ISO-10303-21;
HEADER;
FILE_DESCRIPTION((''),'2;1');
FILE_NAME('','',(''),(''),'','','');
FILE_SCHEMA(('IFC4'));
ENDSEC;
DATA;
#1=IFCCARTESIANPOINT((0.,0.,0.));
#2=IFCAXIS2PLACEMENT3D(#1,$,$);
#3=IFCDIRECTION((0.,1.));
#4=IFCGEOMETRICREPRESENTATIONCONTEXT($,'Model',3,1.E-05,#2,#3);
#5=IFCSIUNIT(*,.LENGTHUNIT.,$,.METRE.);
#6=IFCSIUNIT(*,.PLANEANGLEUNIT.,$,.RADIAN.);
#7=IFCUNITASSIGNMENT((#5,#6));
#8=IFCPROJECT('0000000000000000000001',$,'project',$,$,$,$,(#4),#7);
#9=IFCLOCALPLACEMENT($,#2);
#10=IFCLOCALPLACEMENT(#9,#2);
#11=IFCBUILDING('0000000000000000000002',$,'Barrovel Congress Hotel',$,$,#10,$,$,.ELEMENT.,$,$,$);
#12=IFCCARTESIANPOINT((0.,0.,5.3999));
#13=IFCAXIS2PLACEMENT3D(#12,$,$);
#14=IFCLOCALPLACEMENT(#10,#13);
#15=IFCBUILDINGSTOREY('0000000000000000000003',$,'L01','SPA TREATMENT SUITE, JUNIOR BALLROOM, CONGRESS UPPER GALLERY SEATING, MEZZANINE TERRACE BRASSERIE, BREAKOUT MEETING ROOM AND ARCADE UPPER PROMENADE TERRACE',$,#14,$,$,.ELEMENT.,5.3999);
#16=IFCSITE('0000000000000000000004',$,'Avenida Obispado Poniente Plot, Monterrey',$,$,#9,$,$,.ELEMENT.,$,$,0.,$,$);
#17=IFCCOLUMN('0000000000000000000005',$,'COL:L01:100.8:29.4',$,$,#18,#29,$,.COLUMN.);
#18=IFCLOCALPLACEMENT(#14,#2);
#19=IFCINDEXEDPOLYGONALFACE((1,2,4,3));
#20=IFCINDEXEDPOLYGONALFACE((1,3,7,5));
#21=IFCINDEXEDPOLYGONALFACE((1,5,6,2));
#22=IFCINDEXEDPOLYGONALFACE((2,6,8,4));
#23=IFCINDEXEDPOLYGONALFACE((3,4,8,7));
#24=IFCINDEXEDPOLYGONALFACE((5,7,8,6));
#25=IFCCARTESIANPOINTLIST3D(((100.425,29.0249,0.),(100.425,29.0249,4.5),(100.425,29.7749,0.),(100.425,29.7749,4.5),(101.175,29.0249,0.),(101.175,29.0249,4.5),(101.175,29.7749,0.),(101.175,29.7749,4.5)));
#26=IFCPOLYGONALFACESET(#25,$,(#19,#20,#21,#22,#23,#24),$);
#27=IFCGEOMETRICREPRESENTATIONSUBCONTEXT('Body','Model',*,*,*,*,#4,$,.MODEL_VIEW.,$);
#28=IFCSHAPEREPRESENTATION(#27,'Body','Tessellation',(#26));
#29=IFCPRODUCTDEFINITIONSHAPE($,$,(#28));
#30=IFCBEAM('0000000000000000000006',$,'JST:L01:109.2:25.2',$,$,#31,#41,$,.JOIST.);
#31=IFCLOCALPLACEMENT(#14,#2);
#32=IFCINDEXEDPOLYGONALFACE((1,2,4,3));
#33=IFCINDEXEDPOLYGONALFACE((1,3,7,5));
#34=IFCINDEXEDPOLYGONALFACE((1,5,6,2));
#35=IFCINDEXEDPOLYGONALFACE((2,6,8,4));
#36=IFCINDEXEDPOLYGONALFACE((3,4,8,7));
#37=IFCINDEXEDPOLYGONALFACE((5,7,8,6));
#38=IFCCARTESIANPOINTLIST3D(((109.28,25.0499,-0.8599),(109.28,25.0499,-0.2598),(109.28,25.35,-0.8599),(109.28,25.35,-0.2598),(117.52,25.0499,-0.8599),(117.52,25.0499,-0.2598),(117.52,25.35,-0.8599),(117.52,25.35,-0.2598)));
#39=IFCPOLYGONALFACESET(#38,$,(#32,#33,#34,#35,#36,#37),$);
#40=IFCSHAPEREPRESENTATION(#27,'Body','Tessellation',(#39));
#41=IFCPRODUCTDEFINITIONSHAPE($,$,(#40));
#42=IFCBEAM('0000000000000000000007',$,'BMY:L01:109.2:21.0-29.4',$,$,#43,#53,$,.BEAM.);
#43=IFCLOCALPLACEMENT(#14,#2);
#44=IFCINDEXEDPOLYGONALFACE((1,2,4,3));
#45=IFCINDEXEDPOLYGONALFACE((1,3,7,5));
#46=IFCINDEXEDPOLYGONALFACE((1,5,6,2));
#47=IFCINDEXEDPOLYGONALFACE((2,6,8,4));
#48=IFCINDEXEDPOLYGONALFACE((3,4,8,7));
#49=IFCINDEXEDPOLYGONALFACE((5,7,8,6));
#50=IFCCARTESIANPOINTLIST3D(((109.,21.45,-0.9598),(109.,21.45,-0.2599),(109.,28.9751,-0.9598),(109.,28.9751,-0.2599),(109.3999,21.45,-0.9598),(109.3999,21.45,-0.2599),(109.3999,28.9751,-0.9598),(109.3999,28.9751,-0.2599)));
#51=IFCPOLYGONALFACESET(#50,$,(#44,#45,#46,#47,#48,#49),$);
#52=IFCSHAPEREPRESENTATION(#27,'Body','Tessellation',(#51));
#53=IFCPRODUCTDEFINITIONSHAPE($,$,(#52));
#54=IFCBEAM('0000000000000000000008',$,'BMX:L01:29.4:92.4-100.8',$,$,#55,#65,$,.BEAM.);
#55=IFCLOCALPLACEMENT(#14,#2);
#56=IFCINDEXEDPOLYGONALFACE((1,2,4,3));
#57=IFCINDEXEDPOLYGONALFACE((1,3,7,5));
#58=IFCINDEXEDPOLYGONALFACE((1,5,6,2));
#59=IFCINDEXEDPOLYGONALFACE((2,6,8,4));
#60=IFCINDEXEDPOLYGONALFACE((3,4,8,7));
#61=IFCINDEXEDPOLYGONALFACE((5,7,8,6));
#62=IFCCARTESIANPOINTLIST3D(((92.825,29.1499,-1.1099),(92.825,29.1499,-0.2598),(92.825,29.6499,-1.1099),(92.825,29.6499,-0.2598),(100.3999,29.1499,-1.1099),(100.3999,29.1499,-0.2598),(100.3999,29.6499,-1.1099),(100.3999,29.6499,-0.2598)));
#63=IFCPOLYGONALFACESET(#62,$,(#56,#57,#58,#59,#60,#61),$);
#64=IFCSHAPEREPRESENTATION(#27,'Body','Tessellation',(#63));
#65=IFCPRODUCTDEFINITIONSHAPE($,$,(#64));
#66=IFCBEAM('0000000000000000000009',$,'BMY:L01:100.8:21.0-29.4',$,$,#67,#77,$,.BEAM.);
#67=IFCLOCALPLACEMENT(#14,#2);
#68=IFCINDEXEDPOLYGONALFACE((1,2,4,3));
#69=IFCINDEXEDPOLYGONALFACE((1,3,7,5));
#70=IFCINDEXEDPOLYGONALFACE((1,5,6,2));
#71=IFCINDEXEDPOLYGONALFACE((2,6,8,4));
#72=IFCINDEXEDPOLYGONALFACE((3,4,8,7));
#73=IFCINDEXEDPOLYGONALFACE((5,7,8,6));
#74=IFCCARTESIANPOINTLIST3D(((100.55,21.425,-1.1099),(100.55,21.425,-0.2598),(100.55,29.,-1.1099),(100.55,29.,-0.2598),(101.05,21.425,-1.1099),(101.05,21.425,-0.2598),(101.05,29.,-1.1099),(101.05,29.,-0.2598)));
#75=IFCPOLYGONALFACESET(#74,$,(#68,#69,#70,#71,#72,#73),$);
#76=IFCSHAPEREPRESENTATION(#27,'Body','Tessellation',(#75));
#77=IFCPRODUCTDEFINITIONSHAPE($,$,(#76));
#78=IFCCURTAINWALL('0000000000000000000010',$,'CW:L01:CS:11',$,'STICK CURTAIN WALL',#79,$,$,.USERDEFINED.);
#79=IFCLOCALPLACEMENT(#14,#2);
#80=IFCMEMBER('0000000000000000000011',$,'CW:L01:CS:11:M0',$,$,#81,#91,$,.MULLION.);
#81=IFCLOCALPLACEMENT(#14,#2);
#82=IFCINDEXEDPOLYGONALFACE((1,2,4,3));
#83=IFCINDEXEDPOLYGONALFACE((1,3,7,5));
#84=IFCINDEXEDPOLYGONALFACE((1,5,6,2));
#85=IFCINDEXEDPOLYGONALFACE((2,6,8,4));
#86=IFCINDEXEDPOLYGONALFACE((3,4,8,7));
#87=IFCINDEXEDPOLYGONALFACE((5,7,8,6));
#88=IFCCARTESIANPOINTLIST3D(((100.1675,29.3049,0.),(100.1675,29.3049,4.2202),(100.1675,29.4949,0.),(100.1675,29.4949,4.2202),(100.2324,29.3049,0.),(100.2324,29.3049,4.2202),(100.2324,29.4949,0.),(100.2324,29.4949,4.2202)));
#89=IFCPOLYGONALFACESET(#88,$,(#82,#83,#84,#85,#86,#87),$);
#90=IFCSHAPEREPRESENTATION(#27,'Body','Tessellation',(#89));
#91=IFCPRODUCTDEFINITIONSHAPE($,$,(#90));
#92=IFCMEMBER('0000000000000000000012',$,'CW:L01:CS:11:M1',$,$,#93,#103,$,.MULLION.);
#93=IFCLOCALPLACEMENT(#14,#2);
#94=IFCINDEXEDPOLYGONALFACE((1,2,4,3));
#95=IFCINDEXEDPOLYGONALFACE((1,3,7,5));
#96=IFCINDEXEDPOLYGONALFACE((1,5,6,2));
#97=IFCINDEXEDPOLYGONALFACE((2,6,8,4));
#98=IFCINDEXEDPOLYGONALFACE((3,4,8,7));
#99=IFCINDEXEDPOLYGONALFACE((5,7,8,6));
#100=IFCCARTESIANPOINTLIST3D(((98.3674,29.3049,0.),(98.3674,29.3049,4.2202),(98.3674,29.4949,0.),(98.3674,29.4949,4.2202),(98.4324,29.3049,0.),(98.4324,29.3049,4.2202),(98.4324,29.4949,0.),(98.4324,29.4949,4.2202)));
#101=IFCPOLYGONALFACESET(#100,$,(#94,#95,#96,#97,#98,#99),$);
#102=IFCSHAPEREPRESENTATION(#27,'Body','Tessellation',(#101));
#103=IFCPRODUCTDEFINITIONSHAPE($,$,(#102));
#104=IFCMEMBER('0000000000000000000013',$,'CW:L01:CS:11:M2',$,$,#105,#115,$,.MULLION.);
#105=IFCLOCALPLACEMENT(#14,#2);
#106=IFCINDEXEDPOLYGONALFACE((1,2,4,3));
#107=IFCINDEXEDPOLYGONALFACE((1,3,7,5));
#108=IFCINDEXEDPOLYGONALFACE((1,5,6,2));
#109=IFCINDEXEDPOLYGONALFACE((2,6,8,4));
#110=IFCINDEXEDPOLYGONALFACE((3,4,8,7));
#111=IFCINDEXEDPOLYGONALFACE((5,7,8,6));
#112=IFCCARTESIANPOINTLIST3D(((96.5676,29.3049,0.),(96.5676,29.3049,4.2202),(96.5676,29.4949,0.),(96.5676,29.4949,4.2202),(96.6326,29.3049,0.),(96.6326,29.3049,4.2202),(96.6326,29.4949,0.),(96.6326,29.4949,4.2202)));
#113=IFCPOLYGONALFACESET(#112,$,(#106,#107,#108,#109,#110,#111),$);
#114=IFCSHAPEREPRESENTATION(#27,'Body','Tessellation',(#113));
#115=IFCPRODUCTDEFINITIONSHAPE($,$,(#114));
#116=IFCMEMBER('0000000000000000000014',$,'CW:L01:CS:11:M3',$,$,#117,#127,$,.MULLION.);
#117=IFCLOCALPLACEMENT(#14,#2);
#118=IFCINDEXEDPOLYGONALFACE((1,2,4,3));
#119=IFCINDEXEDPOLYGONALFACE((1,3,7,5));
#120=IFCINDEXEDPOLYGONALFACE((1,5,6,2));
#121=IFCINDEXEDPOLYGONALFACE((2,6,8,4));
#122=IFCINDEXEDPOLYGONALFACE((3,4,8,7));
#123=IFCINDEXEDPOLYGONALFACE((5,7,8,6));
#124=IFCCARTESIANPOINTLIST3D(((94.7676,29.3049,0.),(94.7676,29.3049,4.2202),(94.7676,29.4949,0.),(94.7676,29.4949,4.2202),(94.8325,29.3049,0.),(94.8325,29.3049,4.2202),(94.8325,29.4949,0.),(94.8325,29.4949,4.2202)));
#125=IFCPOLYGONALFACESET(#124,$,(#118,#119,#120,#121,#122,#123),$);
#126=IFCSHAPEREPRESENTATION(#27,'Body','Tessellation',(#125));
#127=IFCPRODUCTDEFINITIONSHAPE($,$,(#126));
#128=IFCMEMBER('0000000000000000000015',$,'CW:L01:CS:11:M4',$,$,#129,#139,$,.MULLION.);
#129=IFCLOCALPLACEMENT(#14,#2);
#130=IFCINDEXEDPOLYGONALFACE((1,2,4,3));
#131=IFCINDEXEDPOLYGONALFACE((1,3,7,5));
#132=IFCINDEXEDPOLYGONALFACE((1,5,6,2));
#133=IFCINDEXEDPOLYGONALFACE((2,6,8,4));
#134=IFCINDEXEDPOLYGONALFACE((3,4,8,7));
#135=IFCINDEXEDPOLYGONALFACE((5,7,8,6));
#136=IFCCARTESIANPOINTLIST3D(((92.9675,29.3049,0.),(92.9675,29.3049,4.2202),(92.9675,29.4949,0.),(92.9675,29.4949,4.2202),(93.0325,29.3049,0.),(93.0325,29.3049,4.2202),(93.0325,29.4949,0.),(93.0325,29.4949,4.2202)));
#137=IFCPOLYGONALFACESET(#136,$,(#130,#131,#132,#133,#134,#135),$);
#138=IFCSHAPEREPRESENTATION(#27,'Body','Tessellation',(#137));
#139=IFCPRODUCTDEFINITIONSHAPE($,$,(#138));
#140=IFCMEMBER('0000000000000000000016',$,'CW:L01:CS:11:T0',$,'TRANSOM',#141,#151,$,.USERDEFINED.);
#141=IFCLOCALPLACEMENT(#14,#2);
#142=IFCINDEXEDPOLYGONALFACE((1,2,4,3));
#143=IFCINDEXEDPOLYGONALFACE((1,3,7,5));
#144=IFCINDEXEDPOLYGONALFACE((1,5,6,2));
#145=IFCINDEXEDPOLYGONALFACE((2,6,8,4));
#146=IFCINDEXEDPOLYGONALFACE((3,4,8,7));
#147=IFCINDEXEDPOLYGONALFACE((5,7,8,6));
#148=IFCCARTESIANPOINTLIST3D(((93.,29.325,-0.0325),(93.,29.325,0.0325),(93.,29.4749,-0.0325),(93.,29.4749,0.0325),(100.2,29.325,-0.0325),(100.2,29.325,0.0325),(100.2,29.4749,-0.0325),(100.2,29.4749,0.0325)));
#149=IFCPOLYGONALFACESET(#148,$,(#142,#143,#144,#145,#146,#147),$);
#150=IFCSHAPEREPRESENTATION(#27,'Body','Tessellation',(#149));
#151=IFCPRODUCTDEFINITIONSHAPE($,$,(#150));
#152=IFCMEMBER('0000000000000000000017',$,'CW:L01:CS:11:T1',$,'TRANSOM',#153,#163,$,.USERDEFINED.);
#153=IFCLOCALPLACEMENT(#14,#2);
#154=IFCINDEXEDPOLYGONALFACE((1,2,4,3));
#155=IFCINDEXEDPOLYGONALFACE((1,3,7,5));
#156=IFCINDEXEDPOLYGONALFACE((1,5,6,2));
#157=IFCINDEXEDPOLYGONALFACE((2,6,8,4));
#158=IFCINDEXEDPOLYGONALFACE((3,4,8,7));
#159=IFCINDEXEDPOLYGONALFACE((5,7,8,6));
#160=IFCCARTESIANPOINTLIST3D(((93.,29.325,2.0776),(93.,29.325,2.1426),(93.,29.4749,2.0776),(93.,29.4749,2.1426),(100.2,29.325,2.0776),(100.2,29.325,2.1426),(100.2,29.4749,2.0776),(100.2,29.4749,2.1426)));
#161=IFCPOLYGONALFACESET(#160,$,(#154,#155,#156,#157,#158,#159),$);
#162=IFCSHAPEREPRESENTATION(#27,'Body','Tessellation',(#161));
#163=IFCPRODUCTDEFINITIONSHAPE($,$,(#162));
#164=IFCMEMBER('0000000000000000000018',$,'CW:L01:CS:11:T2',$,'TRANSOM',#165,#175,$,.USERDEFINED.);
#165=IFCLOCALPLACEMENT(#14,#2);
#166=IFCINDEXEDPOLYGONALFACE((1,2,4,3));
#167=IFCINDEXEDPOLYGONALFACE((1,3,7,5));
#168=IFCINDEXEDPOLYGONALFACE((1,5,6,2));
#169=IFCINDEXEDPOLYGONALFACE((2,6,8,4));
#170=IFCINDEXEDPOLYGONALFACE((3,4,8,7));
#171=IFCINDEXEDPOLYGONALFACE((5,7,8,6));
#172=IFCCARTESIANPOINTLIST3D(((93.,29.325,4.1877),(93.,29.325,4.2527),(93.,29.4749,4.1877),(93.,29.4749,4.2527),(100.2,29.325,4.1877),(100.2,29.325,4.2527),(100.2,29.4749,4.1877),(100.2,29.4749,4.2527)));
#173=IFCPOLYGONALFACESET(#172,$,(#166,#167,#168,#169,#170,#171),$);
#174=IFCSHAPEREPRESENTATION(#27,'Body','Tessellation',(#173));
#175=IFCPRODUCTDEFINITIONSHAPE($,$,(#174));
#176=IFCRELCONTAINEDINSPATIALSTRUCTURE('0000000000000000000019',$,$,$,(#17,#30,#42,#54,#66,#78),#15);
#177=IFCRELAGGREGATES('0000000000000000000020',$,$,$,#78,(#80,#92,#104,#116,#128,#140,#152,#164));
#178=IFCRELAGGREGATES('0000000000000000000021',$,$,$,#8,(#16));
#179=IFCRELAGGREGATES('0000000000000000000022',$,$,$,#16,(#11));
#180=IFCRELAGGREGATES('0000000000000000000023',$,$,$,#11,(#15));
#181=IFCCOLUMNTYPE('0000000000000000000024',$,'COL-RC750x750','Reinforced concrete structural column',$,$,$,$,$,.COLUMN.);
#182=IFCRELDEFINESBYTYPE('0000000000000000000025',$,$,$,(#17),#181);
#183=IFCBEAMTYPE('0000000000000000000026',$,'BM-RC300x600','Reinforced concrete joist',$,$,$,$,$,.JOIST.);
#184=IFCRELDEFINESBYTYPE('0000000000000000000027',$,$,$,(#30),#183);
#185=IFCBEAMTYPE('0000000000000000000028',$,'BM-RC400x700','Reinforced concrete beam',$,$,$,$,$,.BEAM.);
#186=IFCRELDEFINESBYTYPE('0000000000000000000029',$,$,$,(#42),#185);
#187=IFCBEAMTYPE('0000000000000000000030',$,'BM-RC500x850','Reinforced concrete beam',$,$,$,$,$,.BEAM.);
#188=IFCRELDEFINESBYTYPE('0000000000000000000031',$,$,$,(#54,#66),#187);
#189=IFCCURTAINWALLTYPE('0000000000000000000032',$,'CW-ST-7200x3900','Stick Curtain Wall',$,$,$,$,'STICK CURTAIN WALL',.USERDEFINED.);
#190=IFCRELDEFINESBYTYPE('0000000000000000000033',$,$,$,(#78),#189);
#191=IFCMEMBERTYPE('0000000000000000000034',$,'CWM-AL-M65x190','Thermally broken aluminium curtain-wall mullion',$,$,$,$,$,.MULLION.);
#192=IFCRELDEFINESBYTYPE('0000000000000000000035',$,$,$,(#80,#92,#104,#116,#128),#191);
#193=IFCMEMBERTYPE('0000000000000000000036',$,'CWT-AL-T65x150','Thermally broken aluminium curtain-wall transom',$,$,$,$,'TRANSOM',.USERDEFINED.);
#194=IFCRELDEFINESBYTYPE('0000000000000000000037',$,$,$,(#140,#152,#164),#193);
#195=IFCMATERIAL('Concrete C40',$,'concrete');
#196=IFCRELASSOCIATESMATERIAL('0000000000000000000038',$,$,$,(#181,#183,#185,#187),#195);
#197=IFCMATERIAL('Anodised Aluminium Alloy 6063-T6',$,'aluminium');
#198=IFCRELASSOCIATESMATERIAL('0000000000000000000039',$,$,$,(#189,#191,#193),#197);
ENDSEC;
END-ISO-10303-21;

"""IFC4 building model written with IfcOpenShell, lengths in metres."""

from ifc_helpers import new_model, si_unit, direction, frame, origin, origin_2d, place, context, subcontext, project, spatial, rectangle, extrude, material, material_profile, profile_set, type_object, element, aggregate, save


model = new_model("IFC4")

# Units and contexts
model_context = context("Model", 3, precision=1e-05, world=origin(), true_north=direction((0.0, 1.0)))
body_context = subcontext(model_context, "Body", "Model", "MODEL_VIEW")
ifc_project = project(units=[si_unit("LENGTHUNIT", "METRE"), si_unit("PLANEANGLEUNIT", "RADIAN")], contexts=[model_context])

# Site, building, storey
site_placement = place(None, origin())
site = spatial("IfcSite", under=ifc_project, at=site_placement, Name="Avenida Obispado Poniente Plot, Monterrey", CompositionType="ELEMENT", RefElevation=0.0)
building_placement = place(site_placement, origin())
building = spatial("IfcBuilding", under=site, at=building_placement, Name="Barrovel Congress Hotel", CompositionType="ELEMENT")
storey_placement = place(building_placement, frame((0.0, 0.0, 5.3999)))
storey = spatial("IfcBuildingStorey", under=building, at=storey_placement, Name="L01", Description="SPA TREATMENT SUITE, JUNIOR BALLROOM, CONGRESS UPPER GALLERY SEATING, MEZZANINE TERRACE BRASSERIE, BREAKOUT MEETING ROOM AND ARCADE UPPER PROMENADE TERRACE", CompositionType="ELEMENT", Elevation=5.3999)

# Column
ifc_material_1 = material(Name="Concrete C40", Category="concrete")
ifc_material_profile_1 = material_profile(ifc_material_1, rectangle(XDim=0.75, YDim=0.75, at=origin_2d()), Name="RC750x750")
ifc_profile_set_1 = profile_set([ifc_material_profile_1], Name="Concrete C40")
column_type = type_object("IfcColumnType", Name="COL-RC750x750", Description="Reinforced concrete structural column", PredefinedType="COLUMN", material=ifc_profile_set_1)
column_placement = place(storey_placement, frame((100.8, 29.3999, 0.0), z_axis=(0.0, 0.0, 1.0), x_axis=(1.0, 0.0, 0.0)))
element("IfcColumn", 1, at=column_placement, inside=storey, type_object=column_type, Name="COL:L01:100.8:29.4", PredefinedType="COLUMN", context=body_context, shape_type="SweptSolid", body=[
    extrude(rectangle(XDim=0.75, YDim=0.75, at=origin_2d()), origin(), (0.0, 0.0, 1.0), 4.5),
])

# Beams
ifc_material_profile_2 = material_profile(ifc_material_1, rectangle(XDim=0.3, YDim=0.6001, at=origin_2d()), Name="RC300x600")
ifc_profile_set_2 = profile_set([ifc_material_profile_2], Name="Concrete C40")
beam_type_1 = type_object("IfcBeamType", Name="BM-RC300x600", Description="Reinforced concrete joist", PredefinedType="JOIST", material=ifc_profile_set_2)
beam_1_placement = place(storey_placement, frame((109.28, 25.2, -0.5598), z_axis=(1.0, 0.0, 0.0), x_axis=(0.0, 1.0, 0.0)))
element("IfcBeam", 2, at=beam_1_placement, inside=storey, type_object=beam_type_1, Name="JST:L01:109.2:25.2", PredefinedType="JOIST", context=body_context, shape_type="SweptSolid", body=[
    extrude(rectangle(XDim=0.3, YDim=0.6001, at=origin_2d()), origin(), (0.0, 0.0, 1.0), 8.24),
])
ifc_material_profile_3 = material_profile(ifc_material_1, rectangle(XDim=0.3999, YDim=0.7, at=origin_2d()), Name="RC400x700")
ifc_profile_set_3 = profile_set([ifc_material_profile_3], Name="Concrete C40")
beam_type_2 = type_object("IfcBeamType", Name="BM-RC400x700", Description="Reinforced concrete beam", PredefinedType="BEAM", material=ifc_profile_set_3)
beam_2_placement = place(storey_placement, frame((109.2, 21.45, -0.6099), z_axis=(0.0, 1.0, 0.0), x_axis=(-1.0, 0.0, 0.0)))
element("IfcBeam", 3, at=beam_2_placement, inside=storey, type_object=beam_type_2, Name="BMY:L01:109.2:21.0-29.4", PredefinedType="BEAM", context=body_context, shape_type="SweptSolid", body=[
    extrude(rectangle(XDim=0.3999, YDim=0.7, at=origin_2d()), origin(), (0.0, 0.0, 1.0), 7.5251),
])
ifc_material_profile_4 = material_profile(ifc_material_1, rectangle(XDim=0.5, YDim=0.8501, at=origin_2d()), Name="RC500x850")
ifc_profile_set_4 = profile_set([ifc_material_profile_4], Name="Concrete C40")
beam_type_3 = type_object("IfcBeamType", Name="BM-RC500x850", Description="Reinforced concrete beam", PredefinedType="BEAM", material=ifc_profile_set_4)
for number, where, z_axis, x_axis, name in (
    (4, (92.825, 29.3999, -0.6848), (1.0, 0.0, 0.0), (0.0, 1.0, 0.0), "BMX:L01:29.4:92.4-100.8"),
    (5, (100.8, 21.425, -0.6848), (0.0, 1.0, 0.0), (-1.0, 0.0, 0.0), "BMY:L01:100.8:21.0-29.4"),
):
    element("IfcBeam", number, at=place(storey_placement, frame(where, z_axis=z_axis, x_axis=x_axis)), inside=storey, type_object=beam_type_3, Name=name, PredefinedType="BEAM", context=body_context, shape_type="SweptSolid", body=[
        extrude(rectangle(XDim=0.5, YDim=0.8501, at=origin_2d()), origin(), (0.0, 0.0, 1.0), 7.575),
    ])

# Curtain wall, members
ifc_material_2 = material(Name="Anodised Aluminium Alloy 6063-T6", Category="aluminium")
curtain_wall_type = type_object("IfcCurtainWallType", Name="CW-ST-7200x3900", Description="Stick Curtain Wall", ElementType="STICK CURTAIN WALL", PredefinedType="USERDEFINED", material=ifc_material_2)
curtain_wall_placement = place(storey_placement, origin())
curtain_wall = element("IfcCurtainWall", 6, at=curtain_wall_placement, inside=storey, type_object=curtain_wall_type, Name="CW:L01:CS:11", ObjectType="STICK CURTAIN WALL", PredefinedType="USERDEFINED")
ifc_material_profile_5 = material_profile(ifc_material_2, rectangle(XDim=0.0649, YDim=0.1899, at=origin_2d()), Name="AL-M65x190")
ifc_profile_set_5 = profile_set([ifc_material_profile_5], Name="Anodised Aluminium Alloy 6063-T6")
member_type_1 = type_object("IfcMemberType", Name="CWM-AL-M65x190", Description="Thermally broken aluminium curtain-wall mullion", PredefinedType="MULLION", material=ifc_profile_set_5)
member_1_placement = place(storey_placement, frame((100.2, 29.3999, 0.0), z_axis=(0.0, 0.0, 1.0), x_axis=(1.0, 0.0, 0.0)))
member_1 = element("IfcMember", 7, at=member_1_placement, type_object=member_type_1, Name="CW:L01:CS:11:M0", PredefinedType="MULLION", context=body_context, shape_type="SweptSolid", body=[
    extrude(rectangle(XDim=0.0649, YDim=0.1899, at=origin_2d()), origin(), (0.0, 0.0, 1.0), 4.2202),
])
member_2_placement = place(storey_placement, frame((98.3999, 29.3999, 0.0), z_axis=(0.0, 0.0, 1.0), x_axis=(1.0, 0.0, 0.0)))
member_2 = element("IfcMember", 8, at=member_2_placement, type_object=member_type_1, Name="CW:L01:CS:11:M1", PredefinedType="MULLION", context=body_context, shape_type="SweptSolid", body=[
    extrude(rectangle(XDim=0.0649, YDim=0.1899, at=origin_2d()), origin(), (0.0, 0.0, 1.0), 4.2202),
])
member_3_placement = place(storey_placement, frame((96.6001, 29.3999, 0.0), z_axis=(0.0, 0.0, 1.0), x_axis=(1.0, 0.0, 0.0)))
member_3 = element("IfcMember", 9, at=member_3_placement, type_object=member_type_1, Name="CW:L01:CS:11:M2", PredefinedType="MULLION", context=body_context, shape_type="SweptSolid", body=[
    extrude(rectangle(XDim=0.0649, YDim=0.1899, at=origin_2d()), origin(), (0.0, 0.0, 1.0), 4.2202),
])
member_4_placement = place(storey_placement, frame((94.8, 29.3999, 0.0), z_axis=(0.0, 0.0, 1.0), x_axis=(1.0, 0.0, 0.0)))
member_4 = element("IfcMember", 10, at=member_4_placement, type_object=member_type_1, Name="CW:L01:CS:11:M3", PredefinedType="MULLION", context=body_context, shape_type="SweptSolid", body=[
    extrude(rectangle(XDim=0.0649, YDim=0.1899, at=origin_2d()), origin(), (0.0, 0.0, 1.0), 4.2202),
])
member_5_placement = place(storey_placement, frame((93.0, 29.3999, 0.0), z_axis=(0.0, 0.0, 1.0), x_axis=(1.0, 0.0, 0.0)))
member_5 = element("IfcMember", 11, at=member_5_placement, type_object=member_type_1, Name="CW:L01:CS:11:M4", PredefinedType="MULLION", context=body_context, shape_type="SweptSolid", body=[
    extrude(rectangle(XDim=0.0649, YDim=0.1899, at=origin_2d()), origin(), (0.0, 0.0, 1.0), 4.2202),
])
ifc_material_profile_6 = material_profile(ifc_material_2, rectangle(XDim=0.1499, YDim=0.0649, at=origin_2d()), Name="AL-T65x150")
ifc_profile_set_6 = profile_set([ifc_material_profile_6], Name="Anodised Aluminium Alloy 6063-T6")
member_type_2 = type_object("IfcMemberType", Name="CWT-AL-T65x150", Description="Thermally broken aluminium curtain-wall transom", ElementType="TRANSOM", PredefinedType="USERDEFINED", material=ifc_profile_set_6)
member_6_placement = place(storey_placement, frame((100.2, 29.3999, 0.0), z_axis=(-1.0, 0.0, 0.0), x_axis=(0.0, -1.0, 0.0)))
member_6 = element("IfcMember", 12, at=member_6_placement, type_object=member_type_2, Name="CW:L01:CS:11:T0", ObjectType="TRANSOM", PredefinedType="USERDEFINED", context=body_context, shape_type="SweptSolid", body=[
    extrude(rectangle(XDim=0.1499, YDim=0.0649, at=origin_2d()), origin(), (0.0, 0.0, 1.0), 7.2),
])
member_7_placement = place(storey_placement, frame((100.2, 29.3999, 2.1101), z_axis=(-1.0, 0.0, 0.0), x_axis=(0.0, -1.0, 0.0)))
member_7 = element("IfcMember", 13, at=member_7_placement, type_object=member_type_2, Name="CW:L01:CS:11:T1", ObjectType="TRANSOM", PredefinedType="USERDEFINED", context=body_context, shape_type="SweptSolid", body=[
    extrude(rectangle(XDim=0.1499, YDim=0.0649, at=origin_2d()), origin(), (0.0, 0.0, 1.0), 7.2),
])
member_8_placement = place(storey_placement, frame((100.2, 29.3999, 4.2202), z_axis=(-1.0, 0.0, 0.0), x_axis=(0.0, -1.0, 0.0)))
member_8 = element("IfcMember", 14, at=member_8_placement, type_object=member_type_2, Name="CW:L01:CS:11:T2", ObjectType="TRANSOM", PredefinedType="USERDEFINED", context=body_context, shape_type="SweptSolid", body=[
    extrude(rectangle(XDim=0.1499, YDim=0.0649, at=origin_2d()), origin(), (0.0, 0.0, 1.0), 7.2),
])

aggregate(curtain_wall, [member_1, member_2, member_3, member_4, member_5, member_6, member_7, member_8])

save(model, "model.ifc")
